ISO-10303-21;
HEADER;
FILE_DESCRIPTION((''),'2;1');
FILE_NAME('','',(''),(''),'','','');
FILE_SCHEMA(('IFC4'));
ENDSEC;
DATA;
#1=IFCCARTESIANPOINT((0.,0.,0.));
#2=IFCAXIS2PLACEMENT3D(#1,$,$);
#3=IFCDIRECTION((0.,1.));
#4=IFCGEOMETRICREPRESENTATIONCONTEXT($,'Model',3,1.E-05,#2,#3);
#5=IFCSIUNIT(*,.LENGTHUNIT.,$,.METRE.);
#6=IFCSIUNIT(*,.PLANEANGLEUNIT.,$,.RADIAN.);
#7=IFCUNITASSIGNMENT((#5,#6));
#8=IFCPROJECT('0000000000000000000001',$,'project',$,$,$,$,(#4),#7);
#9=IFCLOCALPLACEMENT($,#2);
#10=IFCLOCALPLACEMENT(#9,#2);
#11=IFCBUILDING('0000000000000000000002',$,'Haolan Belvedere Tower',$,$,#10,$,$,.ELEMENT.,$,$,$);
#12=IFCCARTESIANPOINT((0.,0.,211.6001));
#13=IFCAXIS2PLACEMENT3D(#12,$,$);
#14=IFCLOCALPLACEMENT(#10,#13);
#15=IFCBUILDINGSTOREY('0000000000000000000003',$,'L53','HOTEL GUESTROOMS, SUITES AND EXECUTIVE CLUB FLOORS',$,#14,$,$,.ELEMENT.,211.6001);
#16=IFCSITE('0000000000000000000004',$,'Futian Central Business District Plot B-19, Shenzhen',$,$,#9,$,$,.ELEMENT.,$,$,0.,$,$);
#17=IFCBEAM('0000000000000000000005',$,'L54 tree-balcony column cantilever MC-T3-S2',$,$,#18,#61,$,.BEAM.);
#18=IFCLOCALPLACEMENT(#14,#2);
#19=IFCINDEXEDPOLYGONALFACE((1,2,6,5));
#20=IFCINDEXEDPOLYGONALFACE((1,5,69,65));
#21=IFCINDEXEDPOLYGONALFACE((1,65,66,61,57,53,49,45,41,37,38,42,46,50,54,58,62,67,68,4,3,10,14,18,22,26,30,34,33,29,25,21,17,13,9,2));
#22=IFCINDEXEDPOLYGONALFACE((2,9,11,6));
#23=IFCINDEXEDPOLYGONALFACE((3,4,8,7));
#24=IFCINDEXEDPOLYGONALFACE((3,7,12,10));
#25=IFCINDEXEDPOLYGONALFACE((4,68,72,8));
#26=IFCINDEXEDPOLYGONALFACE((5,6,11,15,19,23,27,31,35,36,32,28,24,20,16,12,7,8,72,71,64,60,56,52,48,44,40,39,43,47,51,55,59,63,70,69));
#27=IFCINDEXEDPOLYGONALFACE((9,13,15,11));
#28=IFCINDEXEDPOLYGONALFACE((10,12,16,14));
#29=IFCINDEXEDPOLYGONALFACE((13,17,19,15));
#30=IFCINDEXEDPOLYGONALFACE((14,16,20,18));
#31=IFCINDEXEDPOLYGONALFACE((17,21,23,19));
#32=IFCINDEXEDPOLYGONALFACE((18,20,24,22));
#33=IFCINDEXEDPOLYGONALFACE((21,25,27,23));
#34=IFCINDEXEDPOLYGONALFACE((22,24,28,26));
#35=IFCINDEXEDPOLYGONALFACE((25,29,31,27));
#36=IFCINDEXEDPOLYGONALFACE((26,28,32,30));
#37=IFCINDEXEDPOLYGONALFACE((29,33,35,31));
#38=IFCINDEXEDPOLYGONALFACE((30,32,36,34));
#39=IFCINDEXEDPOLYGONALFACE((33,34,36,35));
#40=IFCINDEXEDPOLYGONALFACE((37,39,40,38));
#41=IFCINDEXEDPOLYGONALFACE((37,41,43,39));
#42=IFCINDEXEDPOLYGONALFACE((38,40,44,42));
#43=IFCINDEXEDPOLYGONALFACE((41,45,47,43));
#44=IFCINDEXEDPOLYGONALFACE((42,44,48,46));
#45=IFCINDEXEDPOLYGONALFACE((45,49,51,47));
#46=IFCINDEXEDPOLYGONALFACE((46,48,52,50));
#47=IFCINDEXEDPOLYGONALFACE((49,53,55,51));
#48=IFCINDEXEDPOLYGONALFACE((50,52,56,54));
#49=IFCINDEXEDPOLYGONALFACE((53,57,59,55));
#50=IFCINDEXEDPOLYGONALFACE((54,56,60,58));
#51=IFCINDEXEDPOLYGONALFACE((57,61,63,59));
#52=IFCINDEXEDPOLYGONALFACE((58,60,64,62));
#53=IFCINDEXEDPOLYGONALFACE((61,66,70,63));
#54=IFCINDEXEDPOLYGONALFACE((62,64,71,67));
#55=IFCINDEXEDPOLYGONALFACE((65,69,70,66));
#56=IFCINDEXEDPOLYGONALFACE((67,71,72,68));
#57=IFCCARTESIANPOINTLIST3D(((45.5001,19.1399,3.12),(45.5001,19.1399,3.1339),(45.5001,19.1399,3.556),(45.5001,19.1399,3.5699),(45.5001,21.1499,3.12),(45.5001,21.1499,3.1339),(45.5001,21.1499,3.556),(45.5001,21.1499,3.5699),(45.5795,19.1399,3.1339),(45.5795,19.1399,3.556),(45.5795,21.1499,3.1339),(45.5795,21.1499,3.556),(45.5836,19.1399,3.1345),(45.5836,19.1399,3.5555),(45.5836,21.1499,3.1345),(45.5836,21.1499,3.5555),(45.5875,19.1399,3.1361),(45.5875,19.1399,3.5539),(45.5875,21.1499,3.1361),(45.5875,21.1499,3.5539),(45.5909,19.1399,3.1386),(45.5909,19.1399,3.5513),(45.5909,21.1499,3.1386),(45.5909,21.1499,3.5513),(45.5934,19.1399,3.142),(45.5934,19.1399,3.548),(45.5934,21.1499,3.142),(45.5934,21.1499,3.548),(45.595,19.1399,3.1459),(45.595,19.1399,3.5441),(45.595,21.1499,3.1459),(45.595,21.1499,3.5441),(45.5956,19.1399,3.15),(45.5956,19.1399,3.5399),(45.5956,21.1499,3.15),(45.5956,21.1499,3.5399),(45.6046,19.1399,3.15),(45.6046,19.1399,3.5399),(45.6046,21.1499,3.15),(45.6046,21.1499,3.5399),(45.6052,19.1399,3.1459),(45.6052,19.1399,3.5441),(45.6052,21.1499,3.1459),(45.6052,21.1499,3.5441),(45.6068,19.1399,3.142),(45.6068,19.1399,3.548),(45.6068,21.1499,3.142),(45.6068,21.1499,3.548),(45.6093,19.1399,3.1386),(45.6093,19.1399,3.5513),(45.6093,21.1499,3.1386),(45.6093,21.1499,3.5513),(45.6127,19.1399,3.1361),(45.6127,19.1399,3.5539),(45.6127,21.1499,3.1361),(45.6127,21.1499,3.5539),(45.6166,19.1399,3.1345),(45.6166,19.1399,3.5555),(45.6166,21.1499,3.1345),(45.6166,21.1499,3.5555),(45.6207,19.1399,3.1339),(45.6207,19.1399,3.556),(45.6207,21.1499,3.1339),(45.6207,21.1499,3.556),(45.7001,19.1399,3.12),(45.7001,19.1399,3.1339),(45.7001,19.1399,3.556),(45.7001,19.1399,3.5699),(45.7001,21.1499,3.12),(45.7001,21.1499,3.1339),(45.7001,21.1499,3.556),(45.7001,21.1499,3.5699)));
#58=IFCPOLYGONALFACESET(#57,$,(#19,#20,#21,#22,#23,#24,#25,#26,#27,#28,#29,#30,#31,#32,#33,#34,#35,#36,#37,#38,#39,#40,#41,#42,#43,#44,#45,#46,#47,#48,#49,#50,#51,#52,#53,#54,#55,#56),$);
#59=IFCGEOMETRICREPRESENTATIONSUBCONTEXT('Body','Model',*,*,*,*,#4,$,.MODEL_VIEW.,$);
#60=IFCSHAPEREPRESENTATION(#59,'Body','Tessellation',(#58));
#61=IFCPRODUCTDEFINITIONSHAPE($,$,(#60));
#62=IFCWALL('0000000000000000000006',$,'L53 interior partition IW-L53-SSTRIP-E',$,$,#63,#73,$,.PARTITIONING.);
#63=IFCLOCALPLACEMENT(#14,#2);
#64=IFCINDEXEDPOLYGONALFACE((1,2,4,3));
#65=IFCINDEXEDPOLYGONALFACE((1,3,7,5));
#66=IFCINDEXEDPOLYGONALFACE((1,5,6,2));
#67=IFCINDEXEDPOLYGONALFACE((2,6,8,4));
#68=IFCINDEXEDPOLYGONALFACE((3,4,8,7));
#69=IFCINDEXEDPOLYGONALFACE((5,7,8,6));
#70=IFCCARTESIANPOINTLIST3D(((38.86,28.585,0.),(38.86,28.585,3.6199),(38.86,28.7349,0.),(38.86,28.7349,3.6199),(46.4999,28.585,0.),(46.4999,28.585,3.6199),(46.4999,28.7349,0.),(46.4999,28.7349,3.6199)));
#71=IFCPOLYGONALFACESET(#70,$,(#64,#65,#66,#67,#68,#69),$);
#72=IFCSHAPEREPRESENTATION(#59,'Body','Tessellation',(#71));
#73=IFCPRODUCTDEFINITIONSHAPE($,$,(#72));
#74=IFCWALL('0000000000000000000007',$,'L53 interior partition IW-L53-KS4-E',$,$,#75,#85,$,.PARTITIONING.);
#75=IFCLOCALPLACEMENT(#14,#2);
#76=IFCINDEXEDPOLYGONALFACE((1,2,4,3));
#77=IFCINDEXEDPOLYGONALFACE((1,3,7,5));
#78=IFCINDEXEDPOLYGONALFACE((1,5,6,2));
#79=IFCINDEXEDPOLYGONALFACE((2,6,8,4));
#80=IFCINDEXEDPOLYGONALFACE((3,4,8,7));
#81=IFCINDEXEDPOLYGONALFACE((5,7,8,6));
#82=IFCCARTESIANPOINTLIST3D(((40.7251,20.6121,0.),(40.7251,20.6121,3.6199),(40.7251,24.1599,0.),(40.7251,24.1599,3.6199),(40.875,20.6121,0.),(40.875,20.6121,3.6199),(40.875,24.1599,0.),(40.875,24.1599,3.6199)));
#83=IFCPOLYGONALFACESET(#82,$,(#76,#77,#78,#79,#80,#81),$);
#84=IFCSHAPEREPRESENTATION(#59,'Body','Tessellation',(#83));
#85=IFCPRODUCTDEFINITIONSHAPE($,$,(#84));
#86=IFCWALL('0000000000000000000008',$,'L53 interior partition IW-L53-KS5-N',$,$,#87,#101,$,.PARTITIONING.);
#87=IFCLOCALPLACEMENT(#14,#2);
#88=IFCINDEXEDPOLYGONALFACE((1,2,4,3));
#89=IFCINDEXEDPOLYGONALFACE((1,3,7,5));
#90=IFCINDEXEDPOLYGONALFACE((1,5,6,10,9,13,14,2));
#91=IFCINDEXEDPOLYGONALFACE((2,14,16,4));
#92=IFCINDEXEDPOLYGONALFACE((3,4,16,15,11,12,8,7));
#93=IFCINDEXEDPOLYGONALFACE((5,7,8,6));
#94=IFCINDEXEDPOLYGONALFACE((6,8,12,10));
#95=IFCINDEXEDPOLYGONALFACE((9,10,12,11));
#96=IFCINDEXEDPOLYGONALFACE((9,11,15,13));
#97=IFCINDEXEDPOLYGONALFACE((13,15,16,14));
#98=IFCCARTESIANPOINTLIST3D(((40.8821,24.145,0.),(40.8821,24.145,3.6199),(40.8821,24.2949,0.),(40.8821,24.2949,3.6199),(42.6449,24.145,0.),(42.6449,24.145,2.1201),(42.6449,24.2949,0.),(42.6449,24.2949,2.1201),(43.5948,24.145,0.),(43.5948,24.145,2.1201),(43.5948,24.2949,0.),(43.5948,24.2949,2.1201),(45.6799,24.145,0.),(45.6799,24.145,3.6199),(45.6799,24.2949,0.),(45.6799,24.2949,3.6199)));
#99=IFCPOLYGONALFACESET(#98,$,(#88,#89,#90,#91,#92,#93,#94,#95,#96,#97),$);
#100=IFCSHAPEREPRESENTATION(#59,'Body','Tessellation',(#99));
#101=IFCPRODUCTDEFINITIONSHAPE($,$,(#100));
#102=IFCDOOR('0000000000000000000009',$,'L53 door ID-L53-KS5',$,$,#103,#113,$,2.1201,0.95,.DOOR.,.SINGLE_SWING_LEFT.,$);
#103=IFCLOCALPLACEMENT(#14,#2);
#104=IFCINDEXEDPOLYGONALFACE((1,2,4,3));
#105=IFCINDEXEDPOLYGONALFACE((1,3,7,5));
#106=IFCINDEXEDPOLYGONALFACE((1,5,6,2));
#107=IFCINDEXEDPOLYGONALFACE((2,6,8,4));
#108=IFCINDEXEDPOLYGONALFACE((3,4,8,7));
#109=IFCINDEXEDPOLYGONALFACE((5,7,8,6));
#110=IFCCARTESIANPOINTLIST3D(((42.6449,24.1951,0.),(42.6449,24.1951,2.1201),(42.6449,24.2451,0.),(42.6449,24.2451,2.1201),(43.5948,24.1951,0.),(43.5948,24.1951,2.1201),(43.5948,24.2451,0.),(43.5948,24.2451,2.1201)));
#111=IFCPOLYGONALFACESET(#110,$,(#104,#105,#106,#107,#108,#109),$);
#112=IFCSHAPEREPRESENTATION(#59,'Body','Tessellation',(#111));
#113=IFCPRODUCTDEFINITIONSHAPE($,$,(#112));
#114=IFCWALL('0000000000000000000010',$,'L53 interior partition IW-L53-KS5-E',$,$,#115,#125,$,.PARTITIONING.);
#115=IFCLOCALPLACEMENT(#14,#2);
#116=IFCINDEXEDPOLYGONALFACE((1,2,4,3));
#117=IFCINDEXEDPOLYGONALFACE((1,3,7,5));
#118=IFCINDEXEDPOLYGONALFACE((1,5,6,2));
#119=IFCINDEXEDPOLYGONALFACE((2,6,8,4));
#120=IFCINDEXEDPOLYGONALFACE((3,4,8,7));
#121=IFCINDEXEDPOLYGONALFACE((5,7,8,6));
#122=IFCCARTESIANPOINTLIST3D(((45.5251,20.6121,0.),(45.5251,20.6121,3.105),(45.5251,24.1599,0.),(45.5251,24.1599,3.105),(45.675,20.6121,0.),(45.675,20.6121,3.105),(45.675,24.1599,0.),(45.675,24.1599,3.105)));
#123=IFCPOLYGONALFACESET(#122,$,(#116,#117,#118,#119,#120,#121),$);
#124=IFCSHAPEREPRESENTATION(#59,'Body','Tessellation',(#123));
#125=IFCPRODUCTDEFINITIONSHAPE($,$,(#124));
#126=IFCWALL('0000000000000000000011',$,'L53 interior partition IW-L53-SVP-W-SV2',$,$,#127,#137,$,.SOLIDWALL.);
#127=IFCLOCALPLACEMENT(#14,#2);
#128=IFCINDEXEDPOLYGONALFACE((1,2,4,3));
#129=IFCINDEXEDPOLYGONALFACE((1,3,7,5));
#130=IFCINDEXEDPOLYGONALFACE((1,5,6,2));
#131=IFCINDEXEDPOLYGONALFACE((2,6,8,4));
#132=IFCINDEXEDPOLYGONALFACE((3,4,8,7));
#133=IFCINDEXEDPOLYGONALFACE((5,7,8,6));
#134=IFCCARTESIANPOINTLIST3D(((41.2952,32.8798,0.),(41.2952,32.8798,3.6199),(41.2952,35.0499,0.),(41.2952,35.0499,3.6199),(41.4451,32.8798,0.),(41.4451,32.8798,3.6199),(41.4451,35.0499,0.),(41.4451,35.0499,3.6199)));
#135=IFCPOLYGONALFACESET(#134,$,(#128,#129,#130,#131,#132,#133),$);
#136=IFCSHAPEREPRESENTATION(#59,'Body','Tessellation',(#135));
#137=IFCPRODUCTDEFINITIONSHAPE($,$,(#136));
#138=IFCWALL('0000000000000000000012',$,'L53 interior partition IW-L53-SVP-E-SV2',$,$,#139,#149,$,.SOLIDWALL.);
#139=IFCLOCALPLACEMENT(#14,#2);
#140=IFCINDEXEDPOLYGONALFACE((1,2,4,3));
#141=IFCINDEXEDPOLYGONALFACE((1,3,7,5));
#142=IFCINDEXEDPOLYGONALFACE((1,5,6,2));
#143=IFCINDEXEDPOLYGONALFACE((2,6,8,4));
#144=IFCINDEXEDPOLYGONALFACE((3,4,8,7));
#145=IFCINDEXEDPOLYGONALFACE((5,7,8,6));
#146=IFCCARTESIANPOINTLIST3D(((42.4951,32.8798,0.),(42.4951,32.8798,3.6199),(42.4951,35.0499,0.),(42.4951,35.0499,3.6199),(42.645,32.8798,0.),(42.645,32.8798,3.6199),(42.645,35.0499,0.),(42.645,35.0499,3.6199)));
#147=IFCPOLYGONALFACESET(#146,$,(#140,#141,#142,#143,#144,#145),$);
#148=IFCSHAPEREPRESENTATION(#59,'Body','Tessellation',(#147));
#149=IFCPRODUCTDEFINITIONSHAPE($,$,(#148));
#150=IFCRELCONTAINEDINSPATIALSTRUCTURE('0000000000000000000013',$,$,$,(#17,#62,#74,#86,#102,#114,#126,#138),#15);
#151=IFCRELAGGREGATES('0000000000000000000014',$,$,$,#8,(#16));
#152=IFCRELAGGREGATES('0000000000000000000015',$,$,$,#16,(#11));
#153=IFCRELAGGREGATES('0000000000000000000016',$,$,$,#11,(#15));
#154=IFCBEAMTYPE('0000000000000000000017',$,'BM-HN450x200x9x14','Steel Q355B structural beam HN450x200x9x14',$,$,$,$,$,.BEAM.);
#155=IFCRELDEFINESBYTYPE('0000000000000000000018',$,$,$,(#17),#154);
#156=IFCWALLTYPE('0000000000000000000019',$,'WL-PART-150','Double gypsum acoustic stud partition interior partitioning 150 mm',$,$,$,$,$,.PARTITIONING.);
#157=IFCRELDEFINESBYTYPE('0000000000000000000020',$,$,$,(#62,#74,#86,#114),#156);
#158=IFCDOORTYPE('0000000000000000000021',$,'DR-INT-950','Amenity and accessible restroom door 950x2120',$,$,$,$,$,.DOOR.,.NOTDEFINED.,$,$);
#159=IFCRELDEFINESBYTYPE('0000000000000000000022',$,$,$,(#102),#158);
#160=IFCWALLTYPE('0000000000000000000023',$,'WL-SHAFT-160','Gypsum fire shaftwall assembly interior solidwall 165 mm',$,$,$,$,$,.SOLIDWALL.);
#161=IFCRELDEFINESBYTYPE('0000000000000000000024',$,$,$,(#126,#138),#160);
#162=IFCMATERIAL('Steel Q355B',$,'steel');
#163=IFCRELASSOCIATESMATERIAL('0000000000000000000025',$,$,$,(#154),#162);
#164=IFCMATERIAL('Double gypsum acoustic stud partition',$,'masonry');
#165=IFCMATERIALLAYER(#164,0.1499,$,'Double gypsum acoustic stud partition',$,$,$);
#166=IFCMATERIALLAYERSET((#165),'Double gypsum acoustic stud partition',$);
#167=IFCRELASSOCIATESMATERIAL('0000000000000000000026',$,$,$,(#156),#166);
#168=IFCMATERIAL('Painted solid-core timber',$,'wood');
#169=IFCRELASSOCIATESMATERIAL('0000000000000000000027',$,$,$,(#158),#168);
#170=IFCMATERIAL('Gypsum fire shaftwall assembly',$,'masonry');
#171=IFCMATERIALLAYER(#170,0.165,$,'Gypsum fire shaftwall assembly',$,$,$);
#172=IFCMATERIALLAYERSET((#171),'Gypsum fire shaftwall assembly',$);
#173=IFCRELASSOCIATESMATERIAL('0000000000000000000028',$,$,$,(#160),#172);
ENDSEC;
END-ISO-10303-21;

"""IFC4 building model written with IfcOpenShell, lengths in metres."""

from ifc_helpers import new_model, si_unit, direction, frame, frame_2d, origin, origin_2d, place, context, subcontext, project, spatial, rectangle, i_section, extrude, material, layer, layer_set, material_profile, profile_set, type_object, element, fill, save


model = new_model("IFC4")

# Units and contexts
model_context = context("Model", 3, precision=1e-05, world=origin(), true_north=direction((0.0, 1.0)))
body_context = subcontext(model_context, "Body", "Model", "MODEL_VIEW")
ifc_project = project(units=[si_unit("LENGTHUNIT", "METRE"), si_unit("PLANEANGLEUNIT", "RADIAN")], contexts=[model_context])

# Site, building, storey
site_placement = place(None, origin())
site = spatial("IfcSite", under=ifc_project, at=site_placement, Name="Futian Central Business District Plot B-19, Shenzhen", CompositionType="ELEMENT", RefElevation=0.0)
building_placement = place(site_placement, origin())
building = spatial("IfcBuilding", under=site, at=building_placement, Name="Haolan Belvedere Tower", CompositionType="ELEMENT")
storey_placement = place(building_placement, frame((0.0, 0.0, 211.6001)))
storey = spatial("IfcBuildingStorey", under=building, at=storey_placement, Name="L53", Description="HOTEL GUESTROOMS, SUITES AND EXECUTIVE CLUB FLOORS", CompositionType="ELEMENT", Elevation=211.6001)

# Beam
ifc_material_1 = material(Name="Steel Q355B", Category="steel")
ifc_material_profile_1 = material_profile(ifc_material_1, i_section(OverallWidth=0.2, OverallDepth=0.45, WebThickness=0.009, FlangeThickness=0.0139, FilletRadius=0.0161, at=origin_2d()), Name="Steel Q355B")
ifc_profile_set_1 = profile_set([ifc_material_profile_1], Name="Steel Q355B")
beam_type_1 = type_object("IfcBeamType", Name="BM-HN450x200x9x14", Description="Steel Q355B structural beam HN450x200x9x14", PredefinedType="BEAM", material=ifc_profile_set_1)
beam_1_placement = place(storey_placement, frame((45.6001, 21.1499, 3.345), z_axis=(0.0, -1.0, 0.0), x_axis=(1.0, 0.0, 0.0)))
element("IfcBeam", 1, at=beam_1_placement, inside=storey, type_object=beam_type_1, Name="L54 tree-balcony column cantilever MC-T3-S2", PredefinedType="BEAM", context=body_context, shape_type="SweptSolid", body=[
    extrude(i_section(OverallWidth=0.2, OverallDepth=0.45, WebThickness=0.009, FlangeThickness=0.0139, FilletRadius=0.0161, at=origin_2d()), origin(), (0.0, 0.0, 1.0), 2.01),
])

# Walls
ifc_material_2 = material(Name="Double gypsum acoustic stud partition", Category="masonry")
ifc_layer_1 = layer(ifc_material_2, 0.1499, Name="Double gypsum acoustic stud partition")
ifc_layer_set_1 = layer_set([ifc_layer_1], Name="Double gypsum acoustic stud partition")
wall_type_1 = type_object("IfcWallType", Name="WL-PART-150", Description="Double gypsum acoustic stud partition interior partitioning 150 mm", PredefinedType="PARTITIONING", material=ifc_layer_set_1)
wall_1_placement = place(storey_placement, frame((38.8601, 28.6599, 0.0), z_axis=(0.0, 0.0, 1.0), x_axis=(1.0, 0.0, 0.0)))
element("IfcWall", 2, at=wall_1_placement, inside=storey, type_object=wall_type_1, Name="L53 interior partition IW-L53-SSTRIP-E", PredefinedType="PARTITIONING", context=body_context, shape_type="SweptSolid", body=[
    extrude(rectangle(XDim=7.6399, YDim=0.1499, at=frame_2d((3.8198, 0.0))), origin(), (0.0, 0.0, 1.0), 3.6199),
])
wall_2_placement = place(storey_placement, frame((40.8, 20.6121, 0.0), z_axis=(0.0, 0.0, 1.0), x_axis=(0.0, 1.0, 0.0)))
element("IfcWall", 3, at=wall_2_placement, inside=storey, type_object=wall_type_1, Name="L53 interior partition IW-L53-KS4-E", PredefinedType="PARTITIONING", context=body_context, shape_type="SweptSolid", body=[
    extrude(rectangle(XDim=3.5479, YDim=0.1499, at=frame_2d((1.7739, 0.0))), origin(), (0.0, 0.0, 1.0), 3.6199),
])

# Wall, opening, door
wall_3_placement = place(storey_placement, frame((40.8821, 24.22, 0.0), z_axis=(0.0, 0.0, 1.0), x_axis=(1.0, 0.0, 0.0)))
wall_3 = element("IfcWall", 4, at=wall_3_placement, inside=storey, type_object=wall_type_1, Name="L53 interior partition IW-L53-KS5-N", PredefinedType="PARTITIONING", context=body_context, shape_type="SweptSolid", body=[
    extrude(rectangle(XDim=4.7979, YDim=0.1499, at=frame_2d((2.3989, 0.0))), origin(), (0.0, 0.0, 1.0), 3.6199),
])
opening_1_placement = place(wall_3_placement, frame((2.7129, 0.0, 0.0), z_axis=(0.0, 0.0, 1.0), x_axis=(-1.0, 0.0, 0.0)))
opening_1 = element("IfcOpeningElement", 5, at=opening_1_placement, cuts=wall_3, PredefinedType="OPENING", context=body_context, shape_type="SweptSolid", body=[
    extrude(rectangle(XDim=0.95, YDim=2.1201, at=frame_2d((0.4751, 1.0601))), frame((0.0, 0.085, 0.0), z_axis=(0.0, -1.0, 0.0), x_axis=(1.0, 0.0, 0.0)), (0.0, 0.0, 1.0), 0.1699),
])
ifc_material_3 = material(Name="Painted solid-core timber", Category="wood")
door_type_1 = type_object("IfcDoorType", Name="DR-INT-950", Description="Amenity and accessible restroom door 950x2120", OperationType="NOTDEFINED", PredefinedType="DOOR", material=ifc_material_3)
door_1_placement = place(opening_1_placement, origin())
door_1 = element("IfcDoor", 6, at=door_1_placement, inside=storey, type_object=door_type_1, Name="L53 door ID-L53-KS5", OperationType="SINGLE_SWING_LEFT", OverallHeight=2.1201, OverallWidth=0.95, PredefinedType="DOOR", context=body_context, shape_type="SweptSolid", body=[
    extrude(rectangle(XDim=0.95, YDim=2.1201, at=frame_2d((0.4751, 1.0601))), frame((0.0, 0.0249, 0.0), z_axis=(0.0, -1.0, 0.0), x_axis=(1.0, 0.0, 0.0)), (0.0, 0.0, 1.0), 0.05),
])
fill(opening_1, door_1)

# Walls
wall_4_placement = place(storey_placement, frame((45.6001, 20.6121, 0.0), z_axis=(0.0, 0.0, 1.0), x_axis=(0.0, 1.0, 0.0)))
element("IfcWall", 7, at=wall_4_placement, inside=storey, type_object=wall_type_1, Name="L53 interior partition IW-L53-KS5-E", PredefinedType="PARTITIONING", context=body_context, shape_type="SweptSolid", body=[
    extrude(rectangle(XDim=3.5479, YDim=0.1499, at=frame_2d((1.7739, 0.0))), origin(), (0.0, 0.0, 1.0), 3.105),
])
ifc_material_4 = material(Name="Gypsum fire shaftwall assembly", Category="masonry")
ifc_layer_2 = layer(ifc_material_4, 0.165, Name="Gypsum fire shaftwall assembly")
ifc_layer_set_2 = layer_set([ifc_layer_2], Name="Gypsum fire shaftwall assembly")
wall_type_2 = type_object("IfcWallType", Name="WL-SHAFT-160", Description="Gypsum fire shaftwall assembly interior solidwall 165 mm", PredefinedType="SOLIDWALL", material=ifc_layer_set_2)
for number, where, z_axis, x_axis, name in (
    (8, (41.3701, 32.8799, 0.0), (0.0, 0.0, 1.0), (0.0, 1.0, 0.0), "L53 interior partition IW-L53-SVP-W-SV2"),
    (9, (42.5701, 32.8799, 0.0), (0.0, 0.0, 1.0), (0.0, 1.0, 0.0), "L53 interior partition IW-L53-SVP-E-SV2"),
):
    element("IfcWall", number, at=place(storey_placement, frame(where, z_axis=z_axis, x_axis=x_axis)), inside=storey, type_object=wall_type_2, Name=name, PredefinedType="SOLIDWALL", context=body_context, shape_type="SweptSolid", body=[
        extrude(rectangle(XDim=2.1702, YDim=0.1499, at=frame_2d((1.085, 0.0))), origin(), (0.0, 0.0, 1.0), 3.6199),
    ])

save(model, "model.ifc")
